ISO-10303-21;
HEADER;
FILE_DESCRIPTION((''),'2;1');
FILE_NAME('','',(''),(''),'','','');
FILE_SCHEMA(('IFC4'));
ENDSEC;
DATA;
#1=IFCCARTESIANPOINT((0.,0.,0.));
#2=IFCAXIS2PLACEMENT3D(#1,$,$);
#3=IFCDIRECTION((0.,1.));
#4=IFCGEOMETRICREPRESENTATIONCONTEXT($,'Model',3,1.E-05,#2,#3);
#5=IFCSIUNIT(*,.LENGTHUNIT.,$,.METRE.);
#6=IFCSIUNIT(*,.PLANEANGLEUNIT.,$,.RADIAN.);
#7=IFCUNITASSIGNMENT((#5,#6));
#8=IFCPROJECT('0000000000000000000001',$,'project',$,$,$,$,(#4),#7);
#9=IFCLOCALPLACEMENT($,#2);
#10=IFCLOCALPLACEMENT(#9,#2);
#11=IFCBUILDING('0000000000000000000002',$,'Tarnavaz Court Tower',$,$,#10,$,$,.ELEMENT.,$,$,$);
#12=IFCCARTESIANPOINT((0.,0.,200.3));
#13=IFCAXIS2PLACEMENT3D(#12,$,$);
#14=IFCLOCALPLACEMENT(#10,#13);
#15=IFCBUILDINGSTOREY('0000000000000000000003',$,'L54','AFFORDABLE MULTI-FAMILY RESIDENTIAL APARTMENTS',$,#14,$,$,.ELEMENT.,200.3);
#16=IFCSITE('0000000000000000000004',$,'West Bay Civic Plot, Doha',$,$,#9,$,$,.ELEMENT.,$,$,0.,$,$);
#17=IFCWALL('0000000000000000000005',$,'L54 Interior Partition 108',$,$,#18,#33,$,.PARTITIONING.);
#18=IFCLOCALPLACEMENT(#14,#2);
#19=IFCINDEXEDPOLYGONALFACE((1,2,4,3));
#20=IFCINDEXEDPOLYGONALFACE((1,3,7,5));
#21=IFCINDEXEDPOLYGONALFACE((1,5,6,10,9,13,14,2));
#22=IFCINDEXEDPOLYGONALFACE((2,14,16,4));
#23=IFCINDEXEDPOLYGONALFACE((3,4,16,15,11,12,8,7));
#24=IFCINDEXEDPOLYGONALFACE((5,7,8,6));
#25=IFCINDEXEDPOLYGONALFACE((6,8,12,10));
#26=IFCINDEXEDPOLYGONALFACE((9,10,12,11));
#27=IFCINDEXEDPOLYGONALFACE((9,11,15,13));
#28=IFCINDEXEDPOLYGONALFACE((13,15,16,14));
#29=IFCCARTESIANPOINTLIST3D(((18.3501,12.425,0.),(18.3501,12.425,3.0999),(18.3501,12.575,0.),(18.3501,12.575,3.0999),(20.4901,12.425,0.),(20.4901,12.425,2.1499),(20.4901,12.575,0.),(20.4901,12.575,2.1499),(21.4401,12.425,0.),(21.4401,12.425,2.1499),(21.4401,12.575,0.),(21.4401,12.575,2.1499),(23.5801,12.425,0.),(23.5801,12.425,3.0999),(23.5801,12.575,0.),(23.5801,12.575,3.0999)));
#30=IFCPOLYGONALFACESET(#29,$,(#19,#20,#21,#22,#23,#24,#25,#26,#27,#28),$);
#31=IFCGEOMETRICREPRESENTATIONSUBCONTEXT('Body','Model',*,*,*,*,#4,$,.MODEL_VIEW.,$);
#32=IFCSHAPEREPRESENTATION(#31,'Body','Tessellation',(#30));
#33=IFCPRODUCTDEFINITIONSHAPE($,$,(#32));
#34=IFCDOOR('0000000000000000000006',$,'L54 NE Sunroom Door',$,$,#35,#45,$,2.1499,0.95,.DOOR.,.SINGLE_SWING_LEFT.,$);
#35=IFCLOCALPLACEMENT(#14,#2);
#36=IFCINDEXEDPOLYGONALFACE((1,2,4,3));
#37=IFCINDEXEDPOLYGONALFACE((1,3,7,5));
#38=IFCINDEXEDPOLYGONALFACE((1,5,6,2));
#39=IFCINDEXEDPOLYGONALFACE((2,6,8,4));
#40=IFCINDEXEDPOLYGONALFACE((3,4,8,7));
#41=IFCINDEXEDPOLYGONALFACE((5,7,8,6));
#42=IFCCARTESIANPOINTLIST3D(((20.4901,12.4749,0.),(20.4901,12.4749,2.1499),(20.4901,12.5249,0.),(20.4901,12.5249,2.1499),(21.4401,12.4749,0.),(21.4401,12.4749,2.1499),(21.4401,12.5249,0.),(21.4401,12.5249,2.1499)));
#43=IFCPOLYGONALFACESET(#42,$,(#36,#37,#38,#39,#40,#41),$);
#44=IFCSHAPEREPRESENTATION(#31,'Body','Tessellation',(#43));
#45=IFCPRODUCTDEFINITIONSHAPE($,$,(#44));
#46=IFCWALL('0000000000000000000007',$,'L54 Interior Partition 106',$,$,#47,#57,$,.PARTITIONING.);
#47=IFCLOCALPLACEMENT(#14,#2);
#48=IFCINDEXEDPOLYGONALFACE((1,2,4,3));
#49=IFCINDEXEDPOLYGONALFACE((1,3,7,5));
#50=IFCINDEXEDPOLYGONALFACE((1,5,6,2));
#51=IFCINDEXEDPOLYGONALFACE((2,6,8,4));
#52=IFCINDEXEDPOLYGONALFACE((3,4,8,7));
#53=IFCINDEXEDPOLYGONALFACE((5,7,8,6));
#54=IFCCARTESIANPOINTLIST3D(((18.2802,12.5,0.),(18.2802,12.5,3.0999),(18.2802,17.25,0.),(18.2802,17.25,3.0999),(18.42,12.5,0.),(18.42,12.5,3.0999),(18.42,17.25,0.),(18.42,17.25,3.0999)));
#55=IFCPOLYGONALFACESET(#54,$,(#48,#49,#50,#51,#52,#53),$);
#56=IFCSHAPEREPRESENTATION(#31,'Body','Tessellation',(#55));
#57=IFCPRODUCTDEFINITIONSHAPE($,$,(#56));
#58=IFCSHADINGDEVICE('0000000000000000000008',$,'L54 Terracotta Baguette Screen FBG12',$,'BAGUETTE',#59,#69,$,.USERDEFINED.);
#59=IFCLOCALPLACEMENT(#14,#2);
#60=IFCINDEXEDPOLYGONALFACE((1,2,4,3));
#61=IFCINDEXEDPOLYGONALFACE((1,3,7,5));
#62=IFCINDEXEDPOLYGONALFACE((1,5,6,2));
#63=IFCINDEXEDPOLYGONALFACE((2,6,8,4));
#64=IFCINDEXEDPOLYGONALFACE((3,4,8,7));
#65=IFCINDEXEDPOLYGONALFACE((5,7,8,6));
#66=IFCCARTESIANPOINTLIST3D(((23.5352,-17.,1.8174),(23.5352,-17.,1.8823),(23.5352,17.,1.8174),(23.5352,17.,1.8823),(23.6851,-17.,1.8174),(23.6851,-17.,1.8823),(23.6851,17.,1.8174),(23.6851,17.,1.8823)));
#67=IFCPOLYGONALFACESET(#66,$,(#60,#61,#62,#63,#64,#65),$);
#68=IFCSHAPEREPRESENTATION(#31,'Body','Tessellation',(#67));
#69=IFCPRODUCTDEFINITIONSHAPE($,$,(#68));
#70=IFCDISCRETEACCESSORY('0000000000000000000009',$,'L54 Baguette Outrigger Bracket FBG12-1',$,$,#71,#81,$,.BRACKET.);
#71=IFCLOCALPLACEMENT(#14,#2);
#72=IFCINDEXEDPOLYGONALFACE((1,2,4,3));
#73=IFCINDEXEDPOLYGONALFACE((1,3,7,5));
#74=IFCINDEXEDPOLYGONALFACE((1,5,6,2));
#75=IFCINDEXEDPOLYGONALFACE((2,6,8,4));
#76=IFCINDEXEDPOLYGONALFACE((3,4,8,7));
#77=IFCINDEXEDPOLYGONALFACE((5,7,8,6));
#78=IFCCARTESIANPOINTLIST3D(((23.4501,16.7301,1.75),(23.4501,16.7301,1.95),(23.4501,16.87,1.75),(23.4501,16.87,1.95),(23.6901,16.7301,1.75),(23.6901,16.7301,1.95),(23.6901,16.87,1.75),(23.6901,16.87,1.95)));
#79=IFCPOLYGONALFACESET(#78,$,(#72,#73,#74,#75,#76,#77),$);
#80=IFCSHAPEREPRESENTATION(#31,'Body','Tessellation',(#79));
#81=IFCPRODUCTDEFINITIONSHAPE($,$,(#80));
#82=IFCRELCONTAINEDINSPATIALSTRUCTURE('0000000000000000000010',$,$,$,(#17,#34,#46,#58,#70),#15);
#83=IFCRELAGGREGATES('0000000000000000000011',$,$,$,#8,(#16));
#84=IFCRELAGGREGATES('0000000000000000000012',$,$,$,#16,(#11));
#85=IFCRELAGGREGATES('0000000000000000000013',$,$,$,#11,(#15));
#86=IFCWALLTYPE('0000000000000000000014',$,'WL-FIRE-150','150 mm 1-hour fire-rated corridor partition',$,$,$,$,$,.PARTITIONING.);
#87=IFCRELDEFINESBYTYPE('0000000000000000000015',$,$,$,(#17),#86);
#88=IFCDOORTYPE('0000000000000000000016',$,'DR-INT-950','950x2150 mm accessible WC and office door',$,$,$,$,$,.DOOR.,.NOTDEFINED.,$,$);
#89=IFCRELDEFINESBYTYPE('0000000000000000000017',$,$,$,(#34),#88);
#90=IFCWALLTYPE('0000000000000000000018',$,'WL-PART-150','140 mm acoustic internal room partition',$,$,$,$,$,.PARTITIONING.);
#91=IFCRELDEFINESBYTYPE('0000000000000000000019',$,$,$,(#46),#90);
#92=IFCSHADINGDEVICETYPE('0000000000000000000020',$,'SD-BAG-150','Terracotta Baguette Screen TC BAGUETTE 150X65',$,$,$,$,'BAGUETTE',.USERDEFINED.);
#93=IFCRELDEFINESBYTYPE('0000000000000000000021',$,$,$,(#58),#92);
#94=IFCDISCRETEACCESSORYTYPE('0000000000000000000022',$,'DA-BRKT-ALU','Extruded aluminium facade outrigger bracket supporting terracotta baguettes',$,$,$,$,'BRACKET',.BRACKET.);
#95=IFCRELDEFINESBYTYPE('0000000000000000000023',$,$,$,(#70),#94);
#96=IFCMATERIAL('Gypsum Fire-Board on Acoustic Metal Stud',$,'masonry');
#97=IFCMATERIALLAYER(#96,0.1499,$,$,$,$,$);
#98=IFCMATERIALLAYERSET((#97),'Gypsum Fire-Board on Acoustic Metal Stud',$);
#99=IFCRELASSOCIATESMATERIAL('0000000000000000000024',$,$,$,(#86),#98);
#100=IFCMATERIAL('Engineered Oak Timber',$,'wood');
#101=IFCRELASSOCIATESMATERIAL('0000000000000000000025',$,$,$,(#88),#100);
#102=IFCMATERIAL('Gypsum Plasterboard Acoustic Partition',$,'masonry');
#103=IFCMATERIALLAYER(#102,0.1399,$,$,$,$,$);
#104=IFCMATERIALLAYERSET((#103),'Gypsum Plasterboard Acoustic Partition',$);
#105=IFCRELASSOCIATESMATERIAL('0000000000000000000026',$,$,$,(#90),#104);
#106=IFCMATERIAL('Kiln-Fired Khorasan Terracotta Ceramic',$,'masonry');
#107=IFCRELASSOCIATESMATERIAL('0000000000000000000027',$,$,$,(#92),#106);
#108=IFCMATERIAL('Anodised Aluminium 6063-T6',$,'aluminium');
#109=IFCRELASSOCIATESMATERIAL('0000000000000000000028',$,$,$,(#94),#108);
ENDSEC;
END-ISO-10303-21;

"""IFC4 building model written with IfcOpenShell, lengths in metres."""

from ifc_helpers import new_model, si_unit, direction, frame, frame_2d, origin, origin_2d, place, context, subcontext, project, spatial, rectangle, extrude, material, layer, layer_set, material_profile, profile_set, type_object, element, fill, save


model = new_model("IFC4")

# Units and contexts
model_context = context("Model", 3, precision=1e-05, world=origin(), true_north=direction((0.0, 1.0)))
body_context = subcontext(model_context, "Body", "Model", "MODEL_VIEW")
ifc_project = project(units=[si_unit("LENGTHUNIT", "METRE"), si_unit("PLANEANGLEUNIT", "RADIAN")], contexts=[model_context])

# Site, building, storey
site_placement = place(None, origin())
site = spatial("IfcSite", under=ifc_project, at=site_placement, Name="West Bay Civic Plot, Doha", CompositionType="ELEMENT", RefElevation=0.0)
building_placement = place(site_placement, origin())
building = spatial("IfcBuilding", under=site, at=building_placement, Name="Tarnavaz Court Tower", CompositionType="ELEMENT")
storey_placement = place(building_placement, frame((0.0, 0.0, 200.3)))
storey = spatial("IfcBuildingStorey", under=building, at=storey_placement, Name="L54", Description="AFFORDABLE MULTI-FAMILY RESIDENTIAL APARTMENTS", CompositionType="ELEMENT", Elevation=200.3)

# Shared definitions
ifc_material_1 = material(Name="Gypsum Fire-Board on Acoustic Metal Stud", Category="masonry")
ifc_layer_1 = layer(ifc_material_1, 0.1499)
ifc_layer_set_1 = layer_set([ifc_layer_1], Name="Gypsum Fire-Board on Acoustic Metal Stud")
wall_type_1 = type_object("IfcWallType", Name="WL-FIRE-150", Description="150 mm 1-hour fire-rated corridor partition", PredefinedType="PARTITIONING", material=ifc_layer_set_1)

# Wall, opening, door
wall_1_placement = place(storey_placement, frame((18.3501, 12.5, 0.0), z_axis=(0.0, 0.0, 1.0), x_axis=(1.0, 0.0, 0.0)))
wall_1 = element("IfcWall", 1, at=wall_1_placement, inside=storey, type_object=wall_type_1, Name="L54 Interior Partition 108", PredefinedType="PARTITIONING", context=body_context, shape_type="SweptSolid", body=[
    extrude(rectangle(XDim=5.23, YDim=0.1499, at=frame_2d((2.615, 0.0))), origin(), (0.0, 0.0, 1.0), 3.0999),
])
opening_1_placement = place(wall_1_placement, frame((2.1399, 0.0, 0.0)))
opening_1 = element("IfcOpeningElement", 2, at=opening_1_placement, cuts=wall_1, PredefinedType="OPENING", context=body_context, shape_type="SweptSolid", body=[
    extrude(rectangle(XDim=0.95, YDim=2.1499, at=frame_2d((0.4751, 1.075))), frame((0.0, 0.085, 0.0), z_axis=(0.0, -1.0, 0.0), x_axis=(1.0, 0.0, 0.0)), (0.0, 0.0, 1.0), 0.1699),
])
ifc_material_2 = material(Name="Engineered Oak Timber", Category="wood")
door_type = type_object("IfcDoorType", Name="DR-INT-950", Description="950x2150 mm accessible WC and office door", OperationType="NOTDEFINED", PredefinedType="DOOR", material=ifc_material_2)
door_placement = place(opening_1_placement, origin())
door = element("IfcDoor", 3, at=door_placement, inside=storey, type_object=door_type, Name="L54 NE Sunroom Door", OperationType="SINGLE_SWING_LEFT", OverallHeight=2.1499, OverallWidth=0.95, PredefinedType="DOOR", context=body_context, shape_type="SweptSolid", body=[
    extrude(rectangle(XDim=0.95, YDim=2.1499, at=frame_2d((0.4751, 1.075))), frame((0.0, 0.0249, 0.0), z_axis=(0.0, -1.0, 0.0), x_axis=(1.0, 0.0, 0.0)), (0.0, 0.0, 1.0), 0.05),
])
fill(opening_1, door)

# Wall
ifc_material_3 = material(Name="Gypsum Plasterboard Acoustic Partition", Category="masonry")
ifc_layer_2 = layer(ifc_material_3, 0.1399)
ifc_layer_set_2 = layer_set([ifc_layer_2], Name="Gypsum Plasterboard Acoustic Partition")
wall_type_2 = type_object("IfcWallType", Name="WL-PART-150", Description="140 mm acoustic internal room partition", PredefinedType="PARTITIONING", material=ifc_layer_set_2)
wall_2_placement = place(storey_placement, frame((18.3501, 12.5, 0.0), z_axis=(0.0, 0.0, 1.0), x_axis=(0.0, 1.0, 0.0)))
element("IfcWall", 4, at=wall_2_placement, inside=storey, type_object=wall_type_2, Name="L54 Interior Partition 106", PredefinedType="PARTITIONING", context=body_context, shape_type="SweptSolid", body=[
    extrude(rectangle(XDim=4.75, YDim=0.1399, at=frame_2d((2.375, 0.0))), origin(), (0.0, 0.0, 1.0), 3.0999),
])

# Shading device
ifc_material_4 = material(Name="Kiln-Fired Khorasan Terracotta Ceramic", Category="masonry")
ifc_material_profile_1 = material_profile(ifc_material_4, rectangle(XDim=0.1499, YDim=0.0649, at=origin_2d()), Name="TC BAGUETTE 150X65")
ifc_profile_set_1 = profile_set([ifc_material_profile_1], Name="Kiln-Fired Khorasan Terracotta Ceramic")
shading_device_type = type_object("IfcShadingDeviceType", Name="SD-BAG-150", Description="Terracotta Baguette Screen TC BAGUETTE 150X65", ElementType="BAGUETTE", PredefinedType="USERDEFINED", material=ifc_profile_set_1)
shading_device_placement = place(storey_placement, frame((23.6101, 17.0, 1.8499), z_axis=(0.0, -1.0, 0.0), x_axis=(1.0, 0.0, 0.0)))
element("IfcShadingDevice", 5, at=shading_device_placement, inside=storey, type_object=shading_device_type, Name="L54 Terracotta Baguette Screen FBG12", ObjectType="BAGUETTE", PredefinedType="USERDEFINED", context=body_context, shape_type="SweptSolid", body=[
    extrude(rectangle(XDim=0.1499, YDim=0.0649, at=origin_2d()), origin(), (0.0, 0.0, 1.0), 34.0),
])

# Discrete accessory
ifc_material_5 = material(Name="Anodised Aluminium 6063-T6", Category="aluminium")
discrete_accessory_type = type_object("IfcDiscreteAccessoryType", Name="DA-BRKT-ALU", Description="Extruded aluminium facade outrigger bracket supporting terracotta baguettes", ElementType="BRACKET", PredefinedType="BRACKET", material=ifc_material_5)
discrete_accessory_placement = place(storey_placement, frame((23.5701, 16.8, 1.75), z_axis=(0.0, 0.0, 1.0), x_axis=(0.0, -1.0, 0.0)))
element("IfcDiscreteAccessory", 6, at=discrete_accessory_placement, inside=storey, type_object=discrete_accessory_type, Name="L54 Baguette Outrigger Bracket FBG12-1", PredefinedType="BRACKET", context=body_context, shape_type="SweptSolid", body=[
    extrude(rectangle(XDim=0.1399, YDim=0.24, at=origin_2d()), origin(), (0.0, 0.0, 1.0), 0.2),
])

save(model, "model.ifc")
